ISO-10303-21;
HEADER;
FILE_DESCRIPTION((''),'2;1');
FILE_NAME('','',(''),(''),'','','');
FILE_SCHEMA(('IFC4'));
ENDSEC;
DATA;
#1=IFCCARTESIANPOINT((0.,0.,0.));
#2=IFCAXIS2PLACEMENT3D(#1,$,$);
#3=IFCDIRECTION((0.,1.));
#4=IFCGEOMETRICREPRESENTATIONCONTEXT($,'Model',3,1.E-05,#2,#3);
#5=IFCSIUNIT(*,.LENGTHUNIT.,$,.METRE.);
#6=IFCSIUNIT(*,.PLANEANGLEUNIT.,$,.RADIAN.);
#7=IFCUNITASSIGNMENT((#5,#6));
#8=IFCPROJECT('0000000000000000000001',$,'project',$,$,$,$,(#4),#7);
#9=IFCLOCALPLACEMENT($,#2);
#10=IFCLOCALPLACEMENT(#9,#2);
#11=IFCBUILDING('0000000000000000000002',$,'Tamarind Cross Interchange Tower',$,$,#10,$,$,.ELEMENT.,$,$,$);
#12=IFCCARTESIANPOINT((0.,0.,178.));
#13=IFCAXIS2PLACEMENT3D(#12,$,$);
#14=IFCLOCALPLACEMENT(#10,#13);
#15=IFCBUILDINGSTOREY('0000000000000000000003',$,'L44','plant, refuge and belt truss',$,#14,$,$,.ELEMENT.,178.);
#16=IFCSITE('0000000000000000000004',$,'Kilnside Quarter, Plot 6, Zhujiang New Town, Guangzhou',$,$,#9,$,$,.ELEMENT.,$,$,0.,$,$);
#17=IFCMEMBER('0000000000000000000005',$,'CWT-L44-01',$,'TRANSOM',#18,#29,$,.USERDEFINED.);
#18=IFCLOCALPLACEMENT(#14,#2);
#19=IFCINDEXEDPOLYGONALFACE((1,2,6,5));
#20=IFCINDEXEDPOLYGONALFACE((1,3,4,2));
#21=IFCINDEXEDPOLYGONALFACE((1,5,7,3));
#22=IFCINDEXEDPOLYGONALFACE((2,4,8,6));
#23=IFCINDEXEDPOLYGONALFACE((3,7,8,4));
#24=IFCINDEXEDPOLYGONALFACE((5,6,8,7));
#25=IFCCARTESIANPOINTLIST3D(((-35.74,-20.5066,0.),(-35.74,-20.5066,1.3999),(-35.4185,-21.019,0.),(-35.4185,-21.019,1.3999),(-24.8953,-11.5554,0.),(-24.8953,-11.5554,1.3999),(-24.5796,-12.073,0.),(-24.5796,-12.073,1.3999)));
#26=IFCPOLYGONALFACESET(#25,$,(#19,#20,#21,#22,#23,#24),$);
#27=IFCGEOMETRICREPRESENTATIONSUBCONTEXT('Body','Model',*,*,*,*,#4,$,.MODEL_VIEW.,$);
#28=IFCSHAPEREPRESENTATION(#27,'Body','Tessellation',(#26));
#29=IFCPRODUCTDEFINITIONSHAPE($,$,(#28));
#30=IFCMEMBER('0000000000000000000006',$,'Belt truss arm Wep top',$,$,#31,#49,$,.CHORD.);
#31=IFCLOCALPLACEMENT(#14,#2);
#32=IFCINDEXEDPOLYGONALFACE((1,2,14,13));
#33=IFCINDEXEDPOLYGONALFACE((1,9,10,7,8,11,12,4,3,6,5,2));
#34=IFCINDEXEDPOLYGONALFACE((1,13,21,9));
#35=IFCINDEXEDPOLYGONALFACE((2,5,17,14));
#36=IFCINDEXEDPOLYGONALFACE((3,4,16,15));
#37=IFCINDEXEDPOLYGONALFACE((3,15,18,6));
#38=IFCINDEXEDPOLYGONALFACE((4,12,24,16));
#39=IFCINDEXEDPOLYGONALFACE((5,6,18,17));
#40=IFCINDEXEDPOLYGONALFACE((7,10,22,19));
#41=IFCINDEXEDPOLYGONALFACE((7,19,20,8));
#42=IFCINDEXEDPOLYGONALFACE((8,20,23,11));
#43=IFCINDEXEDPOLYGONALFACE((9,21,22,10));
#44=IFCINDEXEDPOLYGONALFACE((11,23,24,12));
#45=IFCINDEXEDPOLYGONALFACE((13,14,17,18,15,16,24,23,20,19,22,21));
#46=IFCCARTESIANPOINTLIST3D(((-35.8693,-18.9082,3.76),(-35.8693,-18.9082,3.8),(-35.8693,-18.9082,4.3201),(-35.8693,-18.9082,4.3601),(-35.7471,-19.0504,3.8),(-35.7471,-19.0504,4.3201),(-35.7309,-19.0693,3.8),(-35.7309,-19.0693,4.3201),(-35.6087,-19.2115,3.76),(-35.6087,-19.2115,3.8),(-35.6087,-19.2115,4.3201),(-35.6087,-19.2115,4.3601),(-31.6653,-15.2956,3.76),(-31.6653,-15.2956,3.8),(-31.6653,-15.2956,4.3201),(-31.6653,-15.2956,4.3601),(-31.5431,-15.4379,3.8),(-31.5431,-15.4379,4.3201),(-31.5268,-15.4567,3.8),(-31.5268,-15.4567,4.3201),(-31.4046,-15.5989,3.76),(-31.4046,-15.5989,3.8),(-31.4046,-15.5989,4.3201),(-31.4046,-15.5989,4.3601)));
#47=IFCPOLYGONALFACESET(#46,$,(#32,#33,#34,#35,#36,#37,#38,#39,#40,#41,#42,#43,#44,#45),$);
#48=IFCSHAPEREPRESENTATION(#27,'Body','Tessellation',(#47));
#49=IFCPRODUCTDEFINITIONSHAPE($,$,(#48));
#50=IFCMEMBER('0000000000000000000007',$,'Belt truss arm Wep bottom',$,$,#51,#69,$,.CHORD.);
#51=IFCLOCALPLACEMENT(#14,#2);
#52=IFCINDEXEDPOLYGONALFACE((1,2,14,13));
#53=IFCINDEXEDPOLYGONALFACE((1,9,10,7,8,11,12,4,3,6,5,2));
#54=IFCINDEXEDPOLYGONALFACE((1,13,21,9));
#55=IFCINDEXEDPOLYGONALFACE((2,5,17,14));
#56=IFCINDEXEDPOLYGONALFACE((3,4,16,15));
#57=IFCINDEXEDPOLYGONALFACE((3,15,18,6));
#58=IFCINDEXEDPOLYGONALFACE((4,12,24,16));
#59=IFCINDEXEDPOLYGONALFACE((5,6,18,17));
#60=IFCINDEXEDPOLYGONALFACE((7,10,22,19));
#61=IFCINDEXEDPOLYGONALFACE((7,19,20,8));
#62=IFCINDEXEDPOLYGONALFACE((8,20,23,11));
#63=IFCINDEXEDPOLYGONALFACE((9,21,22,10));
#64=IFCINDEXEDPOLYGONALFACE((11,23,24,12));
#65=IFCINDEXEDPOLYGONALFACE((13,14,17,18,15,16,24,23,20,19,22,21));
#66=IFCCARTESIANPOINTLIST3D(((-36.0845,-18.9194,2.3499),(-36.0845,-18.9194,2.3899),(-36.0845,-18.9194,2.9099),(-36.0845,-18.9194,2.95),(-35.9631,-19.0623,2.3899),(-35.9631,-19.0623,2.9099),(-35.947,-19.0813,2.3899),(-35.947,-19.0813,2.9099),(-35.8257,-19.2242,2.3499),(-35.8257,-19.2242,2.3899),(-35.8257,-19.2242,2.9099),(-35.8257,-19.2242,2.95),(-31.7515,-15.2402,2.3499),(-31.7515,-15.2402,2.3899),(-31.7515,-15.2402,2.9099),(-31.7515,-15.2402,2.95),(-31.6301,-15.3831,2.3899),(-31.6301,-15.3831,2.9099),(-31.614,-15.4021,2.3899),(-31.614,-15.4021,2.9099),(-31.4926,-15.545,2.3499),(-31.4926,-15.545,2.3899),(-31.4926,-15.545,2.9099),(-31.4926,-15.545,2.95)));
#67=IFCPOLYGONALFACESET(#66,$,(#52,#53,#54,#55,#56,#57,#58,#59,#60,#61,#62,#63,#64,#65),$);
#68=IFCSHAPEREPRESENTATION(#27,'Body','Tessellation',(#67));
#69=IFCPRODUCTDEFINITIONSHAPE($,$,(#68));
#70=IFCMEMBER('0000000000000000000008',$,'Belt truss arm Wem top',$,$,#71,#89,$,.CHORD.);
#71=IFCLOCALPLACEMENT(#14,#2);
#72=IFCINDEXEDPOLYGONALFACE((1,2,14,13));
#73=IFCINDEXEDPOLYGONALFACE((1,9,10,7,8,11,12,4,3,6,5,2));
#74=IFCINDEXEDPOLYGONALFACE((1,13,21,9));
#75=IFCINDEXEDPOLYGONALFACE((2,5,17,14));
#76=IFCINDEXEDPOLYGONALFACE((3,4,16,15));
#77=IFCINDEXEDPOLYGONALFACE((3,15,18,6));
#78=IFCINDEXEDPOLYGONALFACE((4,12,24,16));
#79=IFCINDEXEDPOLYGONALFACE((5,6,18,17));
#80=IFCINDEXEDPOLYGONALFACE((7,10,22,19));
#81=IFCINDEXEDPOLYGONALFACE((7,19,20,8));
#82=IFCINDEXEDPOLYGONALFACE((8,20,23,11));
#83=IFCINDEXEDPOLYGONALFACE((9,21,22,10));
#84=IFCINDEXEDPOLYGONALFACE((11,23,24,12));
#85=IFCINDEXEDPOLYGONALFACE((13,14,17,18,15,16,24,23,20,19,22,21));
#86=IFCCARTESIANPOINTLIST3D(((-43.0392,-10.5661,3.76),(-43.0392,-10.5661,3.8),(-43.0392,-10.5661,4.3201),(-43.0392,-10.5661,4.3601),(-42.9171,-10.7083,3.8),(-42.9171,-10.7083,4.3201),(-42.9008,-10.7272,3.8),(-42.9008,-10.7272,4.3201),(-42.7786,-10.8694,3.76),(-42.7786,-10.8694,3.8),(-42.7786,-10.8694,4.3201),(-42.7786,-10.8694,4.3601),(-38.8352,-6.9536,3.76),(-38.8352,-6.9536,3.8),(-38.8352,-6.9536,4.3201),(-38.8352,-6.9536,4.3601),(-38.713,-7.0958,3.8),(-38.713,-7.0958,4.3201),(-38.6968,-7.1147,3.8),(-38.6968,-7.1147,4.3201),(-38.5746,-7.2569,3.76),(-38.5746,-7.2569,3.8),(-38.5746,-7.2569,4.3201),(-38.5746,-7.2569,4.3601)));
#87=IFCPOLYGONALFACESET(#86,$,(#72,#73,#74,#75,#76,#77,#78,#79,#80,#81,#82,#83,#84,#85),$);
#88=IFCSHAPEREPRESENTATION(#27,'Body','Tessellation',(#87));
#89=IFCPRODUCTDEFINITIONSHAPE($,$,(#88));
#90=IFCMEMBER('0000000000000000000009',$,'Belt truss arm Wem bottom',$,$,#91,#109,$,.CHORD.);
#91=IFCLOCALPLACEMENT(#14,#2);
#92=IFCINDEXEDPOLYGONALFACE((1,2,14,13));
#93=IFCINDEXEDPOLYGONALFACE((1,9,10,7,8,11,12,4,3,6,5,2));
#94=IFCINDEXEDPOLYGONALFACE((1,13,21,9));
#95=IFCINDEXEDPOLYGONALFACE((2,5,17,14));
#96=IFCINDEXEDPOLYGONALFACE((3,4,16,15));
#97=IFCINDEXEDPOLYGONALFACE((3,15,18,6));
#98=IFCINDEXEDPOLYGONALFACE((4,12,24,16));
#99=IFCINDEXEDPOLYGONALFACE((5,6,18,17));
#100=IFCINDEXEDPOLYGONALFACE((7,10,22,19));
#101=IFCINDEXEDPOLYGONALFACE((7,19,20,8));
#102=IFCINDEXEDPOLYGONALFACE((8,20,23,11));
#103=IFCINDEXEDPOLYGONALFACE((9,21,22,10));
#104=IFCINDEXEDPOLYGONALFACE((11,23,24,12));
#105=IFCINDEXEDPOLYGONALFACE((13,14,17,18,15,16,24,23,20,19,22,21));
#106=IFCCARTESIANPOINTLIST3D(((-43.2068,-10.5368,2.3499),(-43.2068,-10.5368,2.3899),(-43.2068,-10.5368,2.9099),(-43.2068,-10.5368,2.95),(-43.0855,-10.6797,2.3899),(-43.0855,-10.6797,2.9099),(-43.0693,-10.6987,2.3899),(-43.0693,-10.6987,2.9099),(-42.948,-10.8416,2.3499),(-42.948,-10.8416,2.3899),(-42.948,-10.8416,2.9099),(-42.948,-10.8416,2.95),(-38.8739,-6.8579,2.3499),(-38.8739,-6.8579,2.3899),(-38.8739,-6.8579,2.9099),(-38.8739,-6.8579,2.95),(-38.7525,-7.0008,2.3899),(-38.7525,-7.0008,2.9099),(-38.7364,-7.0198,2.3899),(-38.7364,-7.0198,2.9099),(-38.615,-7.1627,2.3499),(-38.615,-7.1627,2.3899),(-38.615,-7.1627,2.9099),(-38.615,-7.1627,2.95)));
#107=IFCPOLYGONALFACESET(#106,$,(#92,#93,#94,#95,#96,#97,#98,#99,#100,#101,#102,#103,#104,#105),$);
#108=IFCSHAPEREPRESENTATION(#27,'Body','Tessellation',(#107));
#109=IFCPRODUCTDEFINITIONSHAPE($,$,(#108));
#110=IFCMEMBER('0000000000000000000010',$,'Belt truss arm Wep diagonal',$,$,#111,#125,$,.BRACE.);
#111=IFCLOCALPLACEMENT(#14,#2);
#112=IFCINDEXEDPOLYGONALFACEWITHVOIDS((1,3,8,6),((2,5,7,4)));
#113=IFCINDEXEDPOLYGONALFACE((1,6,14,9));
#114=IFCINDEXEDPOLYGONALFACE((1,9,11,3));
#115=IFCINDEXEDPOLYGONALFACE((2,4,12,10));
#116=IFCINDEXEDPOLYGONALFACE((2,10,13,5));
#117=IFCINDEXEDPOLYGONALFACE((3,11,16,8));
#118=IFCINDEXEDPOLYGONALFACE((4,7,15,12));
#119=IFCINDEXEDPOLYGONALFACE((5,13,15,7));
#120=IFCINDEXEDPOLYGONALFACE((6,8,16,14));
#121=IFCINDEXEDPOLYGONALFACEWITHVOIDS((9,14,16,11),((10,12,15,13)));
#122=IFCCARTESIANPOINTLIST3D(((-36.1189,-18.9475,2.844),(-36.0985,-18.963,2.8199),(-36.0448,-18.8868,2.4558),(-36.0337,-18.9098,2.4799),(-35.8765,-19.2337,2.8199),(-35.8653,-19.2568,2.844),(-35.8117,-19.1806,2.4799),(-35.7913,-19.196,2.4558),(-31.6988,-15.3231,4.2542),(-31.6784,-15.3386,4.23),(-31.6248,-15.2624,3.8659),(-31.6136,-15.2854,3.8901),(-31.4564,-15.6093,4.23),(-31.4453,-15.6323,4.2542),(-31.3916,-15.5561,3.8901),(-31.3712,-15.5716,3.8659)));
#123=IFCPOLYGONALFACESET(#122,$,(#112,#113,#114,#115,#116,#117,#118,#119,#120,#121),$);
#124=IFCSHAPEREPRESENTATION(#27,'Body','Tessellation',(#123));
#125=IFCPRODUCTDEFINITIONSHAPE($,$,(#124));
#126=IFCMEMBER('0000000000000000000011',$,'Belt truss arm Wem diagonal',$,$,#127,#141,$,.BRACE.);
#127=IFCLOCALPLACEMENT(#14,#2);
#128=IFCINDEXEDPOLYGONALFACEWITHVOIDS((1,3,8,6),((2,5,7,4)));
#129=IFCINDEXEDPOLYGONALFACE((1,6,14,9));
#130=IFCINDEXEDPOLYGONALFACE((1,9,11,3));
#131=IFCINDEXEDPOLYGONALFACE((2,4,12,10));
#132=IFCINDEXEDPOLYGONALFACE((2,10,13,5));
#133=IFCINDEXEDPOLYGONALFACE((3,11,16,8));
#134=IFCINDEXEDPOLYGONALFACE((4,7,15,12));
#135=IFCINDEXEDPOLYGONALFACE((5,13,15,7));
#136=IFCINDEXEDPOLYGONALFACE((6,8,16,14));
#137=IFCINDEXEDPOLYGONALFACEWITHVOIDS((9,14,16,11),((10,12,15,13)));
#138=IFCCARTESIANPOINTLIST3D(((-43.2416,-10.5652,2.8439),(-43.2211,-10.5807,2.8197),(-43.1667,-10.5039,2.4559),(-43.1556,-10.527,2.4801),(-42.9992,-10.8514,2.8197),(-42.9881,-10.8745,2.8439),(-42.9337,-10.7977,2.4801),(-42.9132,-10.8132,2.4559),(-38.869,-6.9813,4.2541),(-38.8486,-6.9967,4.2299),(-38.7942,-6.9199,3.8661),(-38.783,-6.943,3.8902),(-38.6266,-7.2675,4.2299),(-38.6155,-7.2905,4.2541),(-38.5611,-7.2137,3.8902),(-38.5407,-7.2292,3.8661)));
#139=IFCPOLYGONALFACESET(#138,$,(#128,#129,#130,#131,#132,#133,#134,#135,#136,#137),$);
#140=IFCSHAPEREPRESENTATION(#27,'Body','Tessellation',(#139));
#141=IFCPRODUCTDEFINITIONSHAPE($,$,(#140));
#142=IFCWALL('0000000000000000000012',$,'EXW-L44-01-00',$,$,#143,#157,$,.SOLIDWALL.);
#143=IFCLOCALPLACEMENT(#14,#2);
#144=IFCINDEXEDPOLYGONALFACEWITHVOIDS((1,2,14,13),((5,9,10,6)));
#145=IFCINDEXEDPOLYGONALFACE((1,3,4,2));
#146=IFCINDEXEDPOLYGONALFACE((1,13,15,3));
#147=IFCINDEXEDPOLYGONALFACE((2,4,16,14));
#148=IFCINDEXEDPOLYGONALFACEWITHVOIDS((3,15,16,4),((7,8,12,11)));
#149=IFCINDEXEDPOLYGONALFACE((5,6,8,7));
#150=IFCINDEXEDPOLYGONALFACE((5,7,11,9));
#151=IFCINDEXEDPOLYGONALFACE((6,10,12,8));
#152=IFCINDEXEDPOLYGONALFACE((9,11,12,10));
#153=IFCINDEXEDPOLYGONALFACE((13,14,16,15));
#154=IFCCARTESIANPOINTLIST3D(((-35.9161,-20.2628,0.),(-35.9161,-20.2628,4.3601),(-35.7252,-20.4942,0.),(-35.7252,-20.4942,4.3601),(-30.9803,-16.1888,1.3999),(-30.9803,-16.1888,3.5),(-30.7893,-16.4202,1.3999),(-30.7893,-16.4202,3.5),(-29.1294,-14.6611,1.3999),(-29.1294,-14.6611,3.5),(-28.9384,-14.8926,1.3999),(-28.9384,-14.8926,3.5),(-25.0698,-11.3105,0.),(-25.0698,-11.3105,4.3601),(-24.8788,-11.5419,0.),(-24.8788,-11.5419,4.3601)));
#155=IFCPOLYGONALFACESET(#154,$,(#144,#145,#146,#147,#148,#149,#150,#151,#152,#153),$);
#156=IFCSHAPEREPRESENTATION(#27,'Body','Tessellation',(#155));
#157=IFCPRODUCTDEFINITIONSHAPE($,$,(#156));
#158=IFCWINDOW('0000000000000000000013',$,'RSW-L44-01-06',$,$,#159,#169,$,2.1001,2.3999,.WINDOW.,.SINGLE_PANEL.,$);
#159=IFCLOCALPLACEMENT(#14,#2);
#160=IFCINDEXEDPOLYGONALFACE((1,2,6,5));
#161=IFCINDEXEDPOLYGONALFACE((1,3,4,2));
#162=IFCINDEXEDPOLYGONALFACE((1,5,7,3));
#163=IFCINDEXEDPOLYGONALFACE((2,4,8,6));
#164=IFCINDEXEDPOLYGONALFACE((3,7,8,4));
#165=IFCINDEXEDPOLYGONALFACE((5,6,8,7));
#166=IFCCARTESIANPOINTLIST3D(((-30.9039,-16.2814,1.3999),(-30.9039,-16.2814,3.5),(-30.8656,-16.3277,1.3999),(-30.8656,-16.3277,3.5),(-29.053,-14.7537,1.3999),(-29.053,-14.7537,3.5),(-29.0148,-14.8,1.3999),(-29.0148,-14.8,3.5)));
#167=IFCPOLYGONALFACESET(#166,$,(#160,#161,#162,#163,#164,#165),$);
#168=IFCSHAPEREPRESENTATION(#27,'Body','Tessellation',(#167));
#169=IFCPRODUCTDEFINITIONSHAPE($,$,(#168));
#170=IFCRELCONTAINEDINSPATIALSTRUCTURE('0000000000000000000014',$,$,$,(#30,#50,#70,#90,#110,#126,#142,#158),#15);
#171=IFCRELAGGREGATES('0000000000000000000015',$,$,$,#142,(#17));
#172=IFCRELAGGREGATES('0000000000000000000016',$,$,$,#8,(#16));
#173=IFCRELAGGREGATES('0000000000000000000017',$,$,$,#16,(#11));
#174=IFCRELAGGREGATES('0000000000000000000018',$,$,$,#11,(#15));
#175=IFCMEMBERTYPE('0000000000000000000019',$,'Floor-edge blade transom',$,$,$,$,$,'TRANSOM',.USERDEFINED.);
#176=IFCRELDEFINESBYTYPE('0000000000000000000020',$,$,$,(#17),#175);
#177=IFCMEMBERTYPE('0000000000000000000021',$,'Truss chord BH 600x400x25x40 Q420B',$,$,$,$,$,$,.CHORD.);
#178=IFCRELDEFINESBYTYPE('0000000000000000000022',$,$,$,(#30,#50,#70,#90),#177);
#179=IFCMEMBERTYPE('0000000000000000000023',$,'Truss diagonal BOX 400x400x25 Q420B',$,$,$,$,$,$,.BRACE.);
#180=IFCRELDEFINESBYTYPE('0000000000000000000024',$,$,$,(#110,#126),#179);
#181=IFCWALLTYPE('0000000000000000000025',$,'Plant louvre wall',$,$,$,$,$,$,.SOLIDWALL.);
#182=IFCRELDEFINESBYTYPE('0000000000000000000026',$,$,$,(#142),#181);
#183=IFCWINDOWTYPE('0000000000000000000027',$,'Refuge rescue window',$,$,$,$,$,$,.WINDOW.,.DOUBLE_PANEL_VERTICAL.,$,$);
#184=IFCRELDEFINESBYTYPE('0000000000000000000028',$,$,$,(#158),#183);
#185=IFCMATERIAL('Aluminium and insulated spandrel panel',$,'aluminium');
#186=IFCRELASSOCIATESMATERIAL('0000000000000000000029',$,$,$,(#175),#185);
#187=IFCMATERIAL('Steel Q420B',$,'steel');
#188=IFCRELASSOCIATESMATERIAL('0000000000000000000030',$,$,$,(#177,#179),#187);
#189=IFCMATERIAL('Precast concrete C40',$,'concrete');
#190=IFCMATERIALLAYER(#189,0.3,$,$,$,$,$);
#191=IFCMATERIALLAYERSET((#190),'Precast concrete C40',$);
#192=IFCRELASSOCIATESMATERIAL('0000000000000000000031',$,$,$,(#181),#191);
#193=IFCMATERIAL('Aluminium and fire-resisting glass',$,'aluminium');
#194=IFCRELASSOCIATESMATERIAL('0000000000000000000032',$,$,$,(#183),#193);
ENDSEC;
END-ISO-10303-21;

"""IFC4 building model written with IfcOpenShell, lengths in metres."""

from ifc_helpers import new_model, si_unit, direction, frame, frame_2d, origin, origin_2d, place, context, subcontext, project, spatial, polyline, rectangle, hollow_rectangle, i_section, outline, extrude, material, layer, layer_set, material_profile, profile_set, type_object, element, fill, aggregate, save


model = new_model("IFC4")

# Units and contexts
model_context = context("Model", 3, precision=1e-05, world=origin(), true_north=direction((0.0, 1.0)))
body_context = subcontext(model_context, "Body", "Model", "MODEL_VIEW")
ifc_project = project(units=[si_unit("LENGTHUNIT", "METRE"), si_unit("PLANEANGLEUNIT", "RADIAN")], contexts=[model_context])

# Site, building, storey
site_placement = place(None, origin())
site = spatial("IfcSite", under=ifc_project, at=site_placement, Name="Kilnside Quarter, Plot 6, Zhujiang New Town, Guangzhou", CompositionType="ELEMENT", RefElevation=0.0)
building_placement = place(site_placement, origin())
building = spatial("IfcBuilding", under=site, at=building_placement, Name="Tamarind Cross Interchange Tower", CompositionType="ELEMENT")
storey_placement = place(building_placement, frame((0.0, 0.0, 178.0)))
storey = spatial("IfcBuildingStorey", under=building, at=storey_placement, Name="L44", Description="plant, refuge and belt truss", CompositionType="ELEMENT", Elevation=178.0)

# Member
ifc_material_1 = material(Name="Aluminium and insulated spandrel panel", Category="aluminium")
member_type_1 = type_object("IfcMemberType", Name="Floor-edge blade transom", ElementType="TRANSOM", PredefinedType="USERDEFINED", material=ifc_material_1)
member_1_placement = place(storey_placement, origin())
member_1 = element("IfcMember", 1, at=member_1_placement, type_object=member_type_1, Name="CWT-L44-01", ObjectType="TRANSOM", PredefinedType="USERDEFINED", context=body_context, shape_type="SweptSolid", body=[
    extrude(outline(polyline([(-35.74, -20.5066), (-24.8953, -11.5554), (-24.5796, -12.073), (-35.4185, -21.019), (-35.74, -20.5066)])), origin(), (0.0, 0.0, 1.0), 1.3999),
])

# Members
ifc_material_2 = material(Name="Steel Q420B", Category="steel")
ifc_material_profile_1 = material_profile(ifc_material_2, i_section(OverallWidth=0.3999, OverallDepth=0.6001, WebThickness=0.0249, FlangeThickness=0.04, at=origin_2d()), Name="BH 600x400x25x40")
ifc_profile_set_1 = profile_set([ifc_material_profile_1], Name="Steel Q420B")
member_type_2 = type_object("IfcMemberType", Name="Truss chord BH 600x400x25x40 Q420B", PredefinedType="CHORD", material=ifc_profile_set_1)
member_2_placement = place(storey_placement, frame((-35.739, -19.0598, 4.0601), z_axis=(0.758451, 0.65173, 0.0), x_axis=(-0.65173, 0.758451, 0.0)))
element("IfcMember", 2, at=member_2_placement, inside=storey, type_object=member_type_2, Name="Belt truss arm Wep top", PredefinedType="CHORD", context=body_context, shape_type="SweptSolid", body=[
    extrude(i_section(OverallWidth=0.3999, OverallDepth=0.6001, WebThickness=0.0249, FlangeThickness=0.04, at=origin_2d()), origin(), (0.0, 0.0, 1.0), 5.543),
])
member_3_placement = place(storey_placement, frame((-35.9551, -19.0718, 2.6499), z_axis=(0.762274, 0.647254, 0.0), x_axis=(-0.647254, 0.762274, 0.0)))
element("IfcMember", 3, at=member_3_placement, inside=storey, type_object=member_type_2, Name="Belt truss arm Wep bottom", PredefinedType="CHORD", context=body_context, shape_type="SweptSolid", body=[
    extrude(i_section(OverallWidth=0.3999, OverallDepth=0.6001, WebThickness=0.0249, FlangeThickness=0.04, at=origin_2d()), origin(), (0.0, 0.0, 1.0), 5.6843),
])
member_4_placement = place(storey_placement, frame((-42.9089, -10.7178, 4.0601), z_axis=(0.758451, 0.65173, 0.0), x_axis=(-0.65173, 0.758451, 0.0)))
element("IfcMember", 4, at=member_4_placement, inside=storey, type_object=member_type_2, Name="Belt truss arm Wem top", PredefinedType="CHORD", context=body_context, shape_type="SweptSolid", body=[
    extrude(i_section(OverallWidth=0.3999, OverallDepth=0.6001, WebThickness=0.0249, FlangeThickness=0.04, at=origin_2d()), origin(), (0.0, 0.0, 1.0), 5.543),
])
member_5_placement = place(storey_placement, frame((-43.0774, -10.6892, 2.6499), z_axis=(0.762295, 0.647229, 0.0), x_axis=(-0.647229, 0.762295, 0.0)))
element("IfcMember", 5, at=member_5_placement, inside=storey, type_object=member_type_2, Name="Belt truss arm Wem bottom", PredefinedType="CHORD", context=body_context, shape_type="SweptSolid", body=[
    extrude(i_section(OverallWidth=0.3999, OverallDepth=0.6001, WebThickness=0.0249, FlangeThickness=0.04, at=origin_2d()), origin(), (0.0, 0.0, 1.0), 5.6841),
])
ifc_material_profile_2 = material_profile(ifc_material_2, hollow_rectangle(XDim=0.3999, YDim=0.3999, WallThickness=0.0249, at=origin_2d()), Name="BOX 400x400x25")
ifc_profile_set_2 = profile_set([ifc_material_profile_2], Name="Steel Q420B")
member_type_3 = type_object("IfcMemberType", Name="Truss diagonal BOX 400x400x25 Q420B", PredefinedType="BRACE", material=ifc_profile_set_2)
member_6_placement = place(storey_placement, frame((-35.9551, -19.0718, 2.6499), z_axis=(0.750762, 0.615621, 0.239514), x_axis=(-0.634077, 0.77327, 0.0)))
element("IfcMember", 6, at=member_6_placement, inside=storey, type_object=member_type_3, Name="Belt truss arm Wep diagonal", PredefinedType="BRACE", context=body_context, shape_type="SweptSolid", body=[
    extrude(hollow_rectangle(XDim=0.3999, YDim=0.3999, WallThickness=0.0249, at=origin_2d()), origin(), (0.0, 0.0, 1.0), 5.8875),
])
member_7_placement = place(storey_placement, frame((-43.0774, -10.6892, 2.6499), z_axis=(0.750409, 0.615076, 0.242008), x_axis=(-0.633919, 0.773399, 0.0)))
element("IfcMember", 7, at=member_7_placement, inside=storey, type_object=member_type_3, Name="Belt truss arm Wem diagonal", PredefinedType="BRACE", context=body_context, shape_type="SweptSolid", body=[
    extrude(hollow_rectangle(XDim=0.3999, YDim=0.3999, WallThickness=0.0249, at=origin_2d()), origin(), (0.0, 0.0, 1.0), 5.8269),
])

# Wall, opening, window
ifc_material_3 = material(Name="Precast concrete C40", Category="concrete")
ifc_layer_1 = layer(ifc_material_3, 0.3)
ifc_layer_set_1 = layer_set([ifc_layer_1], Name="Precast concrete C40")
wall_type_1 = type_object("IfcWallType", Name="Plant louvre wall", PredefinedType="SOLIDWALL", material=ifc_layer_set_1)
ifc_material_4 = material(Name="Aluminium and fire-resisting glass", Category="aluminium")
window_type_1 = type_object("IfcWindowType", Name="Refuge rescue window", PartitioningType="DOUBLE_PANEL_VERTICAL", PredefinedType="WINDOW", material=ifc_material_4)
wall_1_placement = place(storey_placement, frame((-35.8206, -20.3784, 0.0), z_axis=(0.0, 0.0, 1.0), x_axis=(0.771231, 0.636556, 0.0)))
wall_1 = element("IfcWall", 8, at=wall_1_placement, inside=storey, type_object=wall_type_1, Name="EXW-L44-01-00", PredefinedType="SOLIDWALL", context=body_context, shape_type="SweptSolid", body=[
    extrude(rectangle(XDim=14.0637, YDim=0.3, at=frame_2d((7.0317, 0.0))), origin(), (0.0, 0.0, 1.0), 4.3601),
])
opening_1_placement = place(wall_1_placement, frame((6.3999, 0.0, 1.3999)))
opening_1 = element("IfcOpeningElement", 9, at=opening_1_placement, cuts=wall_1, PredefinedType="OPENING", context=body_context, shape_type="SweptSolid", body=[
    extrude(rectangle(XDim=2.3999, YDim=2.1001, at=frame_2d((1.2, 1.05))), frame((0.0, 0.1599, 0.0), z_axis=(0.0, -1.0, 0.0), x_axis=(1.0, 0.0, 0.0)), (0.0, 0.0, 1.0), 0.3201),
])
window_1_placement = place(opening_1_placement, origin())
window_1 = element("IfcWindow", 10, at=window_1_placement, inside=storey, type_object=window_type_1, Name="RSW-L44-01-06", OverallHeight=2.1001, OverallWidth=2.3999, PartitioningType="SINGLE_PANEL", PredefinedType="WINDOW", context=body_context, shape_type="SweptSolid", body=[
    extrude(rectangle(XDim=2.3999, YDim=2.1001, at=frame_2d((1.2, 1.05))), frame((0.0, 0.03, 0.0), z_axis=(0.0, -1.0, 0.0), x_axis=(1.0, 0.0, 0.0)), (0.0, 0.0, 1.0), 0.0601),
])
fill(opening_1, window_1)
aggregate(wall_1, [member_1])

save(model, "model.ifc")
